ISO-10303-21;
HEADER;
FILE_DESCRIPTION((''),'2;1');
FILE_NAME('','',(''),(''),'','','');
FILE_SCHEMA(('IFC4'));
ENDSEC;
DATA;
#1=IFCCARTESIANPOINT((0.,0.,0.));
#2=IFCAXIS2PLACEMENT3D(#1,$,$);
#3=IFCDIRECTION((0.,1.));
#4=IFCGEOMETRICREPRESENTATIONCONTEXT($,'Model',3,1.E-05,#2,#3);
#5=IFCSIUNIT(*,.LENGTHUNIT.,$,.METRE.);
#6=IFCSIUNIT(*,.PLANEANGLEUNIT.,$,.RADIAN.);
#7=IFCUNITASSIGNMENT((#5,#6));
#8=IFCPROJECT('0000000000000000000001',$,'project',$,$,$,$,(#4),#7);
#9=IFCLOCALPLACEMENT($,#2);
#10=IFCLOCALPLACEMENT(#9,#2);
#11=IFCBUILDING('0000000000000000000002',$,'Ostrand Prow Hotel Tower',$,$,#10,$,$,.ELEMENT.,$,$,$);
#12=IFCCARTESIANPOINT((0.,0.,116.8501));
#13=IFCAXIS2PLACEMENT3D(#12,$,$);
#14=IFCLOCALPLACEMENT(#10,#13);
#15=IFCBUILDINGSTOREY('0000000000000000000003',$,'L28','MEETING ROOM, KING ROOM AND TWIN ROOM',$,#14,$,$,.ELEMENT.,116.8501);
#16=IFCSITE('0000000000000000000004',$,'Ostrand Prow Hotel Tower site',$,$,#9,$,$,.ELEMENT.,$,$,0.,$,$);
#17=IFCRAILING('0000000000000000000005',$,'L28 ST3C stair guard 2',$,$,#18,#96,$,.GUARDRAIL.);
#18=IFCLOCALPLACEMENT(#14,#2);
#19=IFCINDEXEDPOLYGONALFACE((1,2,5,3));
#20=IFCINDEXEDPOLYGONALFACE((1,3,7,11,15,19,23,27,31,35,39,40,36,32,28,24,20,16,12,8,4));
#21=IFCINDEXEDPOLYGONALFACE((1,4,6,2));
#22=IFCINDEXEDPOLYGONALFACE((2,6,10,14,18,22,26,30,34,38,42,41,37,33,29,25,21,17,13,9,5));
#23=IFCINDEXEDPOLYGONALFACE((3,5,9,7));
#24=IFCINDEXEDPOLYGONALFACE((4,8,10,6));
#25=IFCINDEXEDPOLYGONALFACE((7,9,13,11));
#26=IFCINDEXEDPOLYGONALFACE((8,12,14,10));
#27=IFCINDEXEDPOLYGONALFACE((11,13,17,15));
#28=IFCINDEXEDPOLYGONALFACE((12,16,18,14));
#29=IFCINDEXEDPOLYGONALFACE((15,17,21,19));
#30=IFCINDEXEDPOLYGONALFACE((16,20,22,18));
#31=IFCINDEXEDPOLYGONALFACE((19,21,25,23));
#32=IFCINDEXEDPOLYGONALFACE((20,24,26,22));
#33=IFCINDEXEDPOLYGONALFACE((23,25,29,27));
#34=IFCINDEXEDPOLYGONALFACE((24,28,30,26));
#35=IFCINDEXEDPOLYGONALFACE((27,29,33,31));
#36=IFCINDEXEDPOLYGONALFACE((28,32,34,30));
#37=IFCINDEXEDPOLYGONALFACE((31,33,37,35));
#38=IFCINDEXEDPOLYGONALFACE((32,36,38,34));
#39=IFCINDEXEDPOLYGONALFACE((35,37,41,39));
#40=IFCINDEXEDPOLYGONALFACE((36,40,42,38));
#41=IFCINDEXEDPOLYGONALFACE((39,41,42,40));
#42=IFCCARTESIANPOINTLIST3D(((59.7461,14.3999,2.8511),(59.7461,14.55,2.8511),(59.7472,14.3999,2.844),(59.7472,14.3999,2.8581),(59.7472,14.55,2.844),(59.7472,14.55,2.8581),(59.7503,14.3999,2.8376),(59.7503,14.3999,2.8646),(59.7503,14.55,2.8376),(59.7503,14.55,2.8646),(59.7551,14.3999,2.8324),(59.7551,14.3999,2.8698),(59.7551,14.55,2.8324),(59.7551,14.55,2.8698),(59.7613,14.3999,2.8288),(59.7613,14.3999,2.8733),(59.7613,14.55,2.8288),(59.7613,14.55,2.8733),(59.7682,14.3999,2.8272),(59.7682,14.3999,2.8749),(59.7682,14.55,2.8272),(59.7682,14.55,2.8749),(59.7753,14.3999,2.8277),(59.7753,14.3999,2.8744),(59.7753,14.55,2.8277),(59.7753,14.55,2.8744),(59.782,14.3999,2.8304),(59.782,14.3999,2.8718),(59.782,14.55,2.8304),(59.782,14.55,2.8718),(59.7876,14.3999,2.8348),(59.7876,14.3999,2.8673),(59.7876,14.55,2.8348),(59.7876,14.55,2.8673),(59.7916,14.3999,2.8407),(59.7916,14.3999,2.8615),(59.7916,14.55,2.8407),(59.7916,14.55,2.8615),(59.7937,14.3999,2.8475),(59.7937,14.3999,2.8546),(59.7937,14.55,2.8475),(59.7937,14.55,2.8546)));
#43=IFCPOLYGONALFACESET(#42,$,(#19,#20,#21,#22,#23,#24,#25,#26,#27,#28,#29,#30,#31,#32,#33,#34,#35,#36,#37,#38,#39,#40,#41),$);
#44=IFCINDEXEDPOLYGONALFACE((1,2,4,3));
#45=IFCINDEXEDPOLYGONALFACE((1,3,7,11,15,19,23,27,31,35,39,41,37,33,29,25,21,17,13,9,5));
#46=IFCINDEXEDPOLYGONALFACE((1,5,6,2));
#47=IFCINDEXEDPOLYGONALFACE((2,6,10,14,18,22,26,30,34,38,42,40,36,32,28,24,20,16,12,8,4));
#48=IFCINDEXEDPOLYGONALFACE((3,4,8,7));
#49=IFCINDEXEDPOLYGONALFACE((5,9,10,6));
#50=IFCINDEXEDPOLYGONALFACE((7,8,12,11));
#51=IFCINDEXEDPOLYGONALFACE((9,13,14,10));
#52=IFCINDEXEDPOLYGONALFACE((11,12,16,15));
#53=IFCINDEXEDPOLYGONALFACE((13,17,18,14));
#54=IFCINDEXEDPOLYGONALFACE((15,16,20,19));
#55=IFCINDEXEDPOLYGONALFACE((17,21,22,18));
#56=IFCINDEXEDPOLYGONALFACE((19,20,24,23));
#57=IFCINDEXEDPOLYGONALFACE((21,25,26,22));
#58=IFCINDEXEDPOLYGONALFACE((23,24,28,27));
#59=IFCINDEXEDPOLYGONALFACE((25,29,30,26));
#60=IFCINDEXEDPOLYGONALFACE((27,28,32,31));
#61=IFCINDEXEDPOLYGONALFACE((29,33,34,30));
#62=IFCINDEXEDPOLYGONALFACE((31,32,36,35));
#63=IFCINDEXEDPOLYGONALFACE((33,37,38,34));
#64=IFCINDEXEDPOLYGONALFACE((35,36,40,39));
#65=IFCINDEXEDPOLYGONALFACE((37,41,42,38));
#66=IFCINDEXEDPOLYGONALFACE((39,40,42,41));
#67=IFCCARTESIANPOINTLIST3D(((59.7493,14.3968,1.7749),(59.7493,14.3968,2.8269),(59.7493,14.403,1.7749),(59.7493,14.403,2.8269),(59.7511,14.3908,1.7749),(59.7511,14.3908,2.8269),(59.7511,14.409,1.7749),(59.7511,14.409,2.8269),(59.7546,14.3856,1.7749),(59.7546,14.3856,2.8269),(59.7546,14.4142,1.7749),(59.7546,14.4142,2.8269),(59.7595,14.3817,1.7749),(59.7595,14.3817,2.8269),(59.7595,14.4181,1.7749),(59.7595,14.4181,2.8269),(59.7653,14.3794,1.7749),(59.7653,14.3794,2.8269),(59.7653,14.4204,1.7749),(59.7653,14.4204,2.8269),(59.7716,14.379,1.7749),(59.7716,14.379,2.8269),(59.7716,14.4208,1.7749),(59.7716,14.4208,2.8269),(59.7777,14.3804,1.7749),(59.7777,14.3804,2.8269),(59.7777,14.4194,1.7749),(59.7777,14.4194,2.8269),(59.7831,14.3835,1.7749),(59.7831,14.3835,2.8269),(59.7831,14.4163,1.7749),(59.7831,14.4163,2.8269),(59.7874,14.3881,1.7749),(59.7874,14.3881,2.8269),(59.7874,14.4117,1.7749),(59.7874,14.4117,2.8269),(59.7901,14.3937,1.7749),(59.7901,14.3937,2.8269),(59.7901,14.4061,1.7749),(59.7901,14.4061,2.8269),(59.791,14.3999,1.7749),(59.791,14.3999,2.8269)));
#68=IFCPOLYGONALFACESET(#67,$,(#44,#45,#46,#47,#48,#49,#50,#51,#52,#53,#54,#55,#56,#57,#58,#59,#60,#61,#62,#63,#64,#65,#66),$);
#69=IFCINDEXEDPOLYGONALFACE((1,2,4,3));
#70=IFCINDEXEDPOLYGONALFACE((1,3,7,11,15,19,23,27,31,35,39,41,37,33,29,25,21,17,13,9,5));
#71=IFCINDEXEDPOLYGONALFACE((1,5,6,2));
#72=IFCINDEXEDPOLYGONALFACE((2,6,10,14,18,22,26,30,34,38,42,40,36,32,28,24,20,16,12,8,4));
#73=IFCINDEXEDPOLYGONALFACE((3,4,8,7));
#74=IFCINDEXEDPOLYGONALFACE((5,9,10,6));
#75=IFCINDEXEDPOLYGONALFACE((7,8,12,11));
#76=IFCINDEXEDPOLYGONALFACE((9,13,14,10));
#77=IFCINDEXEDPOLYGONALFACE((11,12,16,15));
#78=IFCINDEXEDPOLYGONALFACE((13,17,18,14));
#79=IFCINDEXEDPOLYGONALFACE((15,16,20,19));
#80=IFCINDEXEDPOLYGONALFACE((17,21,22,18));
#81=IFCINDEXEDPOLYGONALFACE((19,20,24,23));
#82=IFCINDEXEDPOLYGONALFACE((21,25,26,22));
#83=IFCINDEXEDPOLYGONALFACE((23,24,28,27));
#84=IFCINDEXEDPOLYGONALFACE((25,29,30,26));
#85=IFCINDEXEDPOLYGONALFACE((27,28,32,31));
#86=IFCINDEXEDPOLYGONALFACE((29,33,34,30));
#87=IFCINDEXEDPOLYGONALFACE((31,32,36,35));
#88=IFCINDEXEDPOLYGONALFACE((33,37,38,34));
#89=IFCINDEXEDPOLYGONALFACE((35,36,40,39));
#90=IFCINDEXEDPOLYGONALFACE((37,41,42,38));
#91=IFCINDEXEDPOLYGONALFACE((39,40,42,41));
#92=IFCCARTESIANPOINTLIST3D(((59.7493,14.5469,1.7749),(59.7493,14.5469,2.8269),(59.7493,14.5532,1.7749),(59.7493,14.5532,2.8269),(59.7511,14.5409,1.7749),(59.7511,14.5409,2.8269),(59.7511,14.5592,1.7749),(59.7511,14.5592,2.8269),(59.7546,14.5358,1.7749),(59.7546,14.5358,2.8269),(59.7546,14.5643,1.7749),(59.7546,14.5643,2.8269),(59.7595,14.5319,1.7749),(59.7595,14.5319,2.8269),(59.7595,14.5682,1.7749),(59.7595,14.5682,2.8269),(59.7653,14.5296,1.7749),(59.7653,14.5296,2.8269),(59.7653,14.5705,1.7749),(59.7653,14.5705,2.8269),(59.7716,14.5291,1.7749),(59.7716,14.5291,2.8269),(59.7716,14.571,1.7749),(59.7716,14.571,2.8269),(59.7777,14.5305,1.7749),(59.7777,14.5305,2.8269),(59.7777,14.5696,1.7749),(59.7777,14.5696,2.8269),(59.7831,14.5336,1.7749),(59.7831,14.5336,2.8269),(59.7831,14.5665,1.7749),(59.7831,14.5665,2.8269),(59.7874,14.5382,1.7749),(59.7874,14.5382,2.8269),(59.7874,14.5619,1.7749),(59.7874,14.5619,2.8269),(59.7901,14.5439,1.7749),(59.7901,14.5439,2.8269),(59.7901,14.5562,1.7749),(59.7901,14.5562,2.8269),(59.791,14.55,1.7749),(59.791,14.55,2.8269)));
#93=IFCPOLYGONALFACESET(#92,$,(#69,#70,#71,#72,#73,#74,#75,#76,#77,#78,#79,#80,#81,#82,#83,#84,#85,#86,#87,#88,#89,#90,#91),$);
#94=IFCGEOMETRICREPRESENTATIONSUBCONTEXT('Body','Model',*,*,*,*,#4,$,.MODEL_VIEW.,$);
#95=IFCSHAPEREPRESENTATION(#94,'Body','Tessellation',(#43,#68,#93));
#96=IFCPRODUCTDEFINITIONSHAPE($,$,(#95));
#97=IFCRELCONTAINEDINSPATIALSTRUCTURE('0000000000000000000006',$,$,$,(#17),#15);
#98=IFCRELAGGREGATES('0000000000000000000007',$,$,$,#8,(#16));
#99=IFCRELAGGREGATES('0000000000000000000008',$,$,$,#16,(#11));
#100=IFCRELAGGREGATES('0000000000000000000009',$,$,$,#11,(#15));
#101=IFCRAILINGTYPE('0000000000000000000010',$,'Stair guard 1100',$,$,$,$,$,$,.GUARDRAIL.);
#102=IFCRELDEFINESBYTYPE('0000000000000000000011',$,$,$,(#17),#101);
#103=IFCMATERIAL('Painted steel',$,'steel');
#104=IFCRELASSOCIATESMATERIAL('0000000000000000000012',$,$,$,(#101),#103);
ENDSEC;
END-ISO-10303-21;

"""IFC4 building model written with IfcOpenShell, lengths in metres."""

from ifc_helpers import new_model, si_unit, direction, frame, origin, origin_2d, place, context, subcontext, project, spatial, circle, extrude, material, type_object, element, save


model = new_model("IFC4")

# Units and contexts
model_context = context("Model", 3, precision=1e-05, world=origin(), true_north=direction((0.0, 1.0)))
body_context = subcontext(model_context, "Body", "Model", "MODEL_VIEW")
ifc_project = project(units=[si_unit("LENGTHUNIT", "METRE"), si_unit("PLANEANGLEUNIT", "RADIAN")], contexts=[model_context])

# Site, building, storey
site_placement = place(None, origin())
site = spatial("IfcSite", under=ifc_project, at=site_placement, Name="Ostrand Prow Hotel Tower site", CompositionType="ELEMENT", RefElevation=0.0)
building_placement = place(site_placement, origin())
building = spatial("IfcBuilding", under=site, at=building_placement, Name="Ostrand Prow Hotel Tower", CompositionType="ELEMENT")
storey_placement = place(building_placement, frame((0.0, 0.0, 116.8501)))
storey = spatial("IfcBuildingStorey", under=building, at=storey_placement, Name="L28", Description="MEETING ROOM, KING ROOM AND TWIN ROOM", CompositionType="ELEMENT", Elevation=116.8501)

# Railing
ifc_material_1 = material(Name="Painted steel", Category="steel")
railing_type_1 = type_object("IfcRailingType", Name="Stair guard 1100", PredefinedType="GUARDRAIL", material=ifc_material_1)
railing_1_placement = place(storey_placement, frame((59.77, 14.3999, 1.7749)))
element("IfcRailing", 1, at=railing_1_placement, inside=storey, type_object=railing_type_1, Name="L28 ST3C stair guard 2", PredefinedType="GUARDRAIL", context=body_context, shape_type="SweptSolid", body=[
    extrude(circle(Radius=0.0239, at=origin_2d()), frame((0.0, 0.0, 1.0762), z_axis=(0.0, 1.0, 0.0), x_axis=(-1.0, 0.0, 0.0)), (0.0, 0.0, 1.0), 0.1501),
    extrude(circle(Radius=0.021, at=origin_2d()), origin(), (0.0, 0.0, 1.0), 1.052),
    extrude(circle(Radius=0.021, at=origin_2d()), frame((0.0, 0.1501, 0.0)), (0.0, 0.0, 1.0), 1.052),
])

save(model, "model.ifc")
